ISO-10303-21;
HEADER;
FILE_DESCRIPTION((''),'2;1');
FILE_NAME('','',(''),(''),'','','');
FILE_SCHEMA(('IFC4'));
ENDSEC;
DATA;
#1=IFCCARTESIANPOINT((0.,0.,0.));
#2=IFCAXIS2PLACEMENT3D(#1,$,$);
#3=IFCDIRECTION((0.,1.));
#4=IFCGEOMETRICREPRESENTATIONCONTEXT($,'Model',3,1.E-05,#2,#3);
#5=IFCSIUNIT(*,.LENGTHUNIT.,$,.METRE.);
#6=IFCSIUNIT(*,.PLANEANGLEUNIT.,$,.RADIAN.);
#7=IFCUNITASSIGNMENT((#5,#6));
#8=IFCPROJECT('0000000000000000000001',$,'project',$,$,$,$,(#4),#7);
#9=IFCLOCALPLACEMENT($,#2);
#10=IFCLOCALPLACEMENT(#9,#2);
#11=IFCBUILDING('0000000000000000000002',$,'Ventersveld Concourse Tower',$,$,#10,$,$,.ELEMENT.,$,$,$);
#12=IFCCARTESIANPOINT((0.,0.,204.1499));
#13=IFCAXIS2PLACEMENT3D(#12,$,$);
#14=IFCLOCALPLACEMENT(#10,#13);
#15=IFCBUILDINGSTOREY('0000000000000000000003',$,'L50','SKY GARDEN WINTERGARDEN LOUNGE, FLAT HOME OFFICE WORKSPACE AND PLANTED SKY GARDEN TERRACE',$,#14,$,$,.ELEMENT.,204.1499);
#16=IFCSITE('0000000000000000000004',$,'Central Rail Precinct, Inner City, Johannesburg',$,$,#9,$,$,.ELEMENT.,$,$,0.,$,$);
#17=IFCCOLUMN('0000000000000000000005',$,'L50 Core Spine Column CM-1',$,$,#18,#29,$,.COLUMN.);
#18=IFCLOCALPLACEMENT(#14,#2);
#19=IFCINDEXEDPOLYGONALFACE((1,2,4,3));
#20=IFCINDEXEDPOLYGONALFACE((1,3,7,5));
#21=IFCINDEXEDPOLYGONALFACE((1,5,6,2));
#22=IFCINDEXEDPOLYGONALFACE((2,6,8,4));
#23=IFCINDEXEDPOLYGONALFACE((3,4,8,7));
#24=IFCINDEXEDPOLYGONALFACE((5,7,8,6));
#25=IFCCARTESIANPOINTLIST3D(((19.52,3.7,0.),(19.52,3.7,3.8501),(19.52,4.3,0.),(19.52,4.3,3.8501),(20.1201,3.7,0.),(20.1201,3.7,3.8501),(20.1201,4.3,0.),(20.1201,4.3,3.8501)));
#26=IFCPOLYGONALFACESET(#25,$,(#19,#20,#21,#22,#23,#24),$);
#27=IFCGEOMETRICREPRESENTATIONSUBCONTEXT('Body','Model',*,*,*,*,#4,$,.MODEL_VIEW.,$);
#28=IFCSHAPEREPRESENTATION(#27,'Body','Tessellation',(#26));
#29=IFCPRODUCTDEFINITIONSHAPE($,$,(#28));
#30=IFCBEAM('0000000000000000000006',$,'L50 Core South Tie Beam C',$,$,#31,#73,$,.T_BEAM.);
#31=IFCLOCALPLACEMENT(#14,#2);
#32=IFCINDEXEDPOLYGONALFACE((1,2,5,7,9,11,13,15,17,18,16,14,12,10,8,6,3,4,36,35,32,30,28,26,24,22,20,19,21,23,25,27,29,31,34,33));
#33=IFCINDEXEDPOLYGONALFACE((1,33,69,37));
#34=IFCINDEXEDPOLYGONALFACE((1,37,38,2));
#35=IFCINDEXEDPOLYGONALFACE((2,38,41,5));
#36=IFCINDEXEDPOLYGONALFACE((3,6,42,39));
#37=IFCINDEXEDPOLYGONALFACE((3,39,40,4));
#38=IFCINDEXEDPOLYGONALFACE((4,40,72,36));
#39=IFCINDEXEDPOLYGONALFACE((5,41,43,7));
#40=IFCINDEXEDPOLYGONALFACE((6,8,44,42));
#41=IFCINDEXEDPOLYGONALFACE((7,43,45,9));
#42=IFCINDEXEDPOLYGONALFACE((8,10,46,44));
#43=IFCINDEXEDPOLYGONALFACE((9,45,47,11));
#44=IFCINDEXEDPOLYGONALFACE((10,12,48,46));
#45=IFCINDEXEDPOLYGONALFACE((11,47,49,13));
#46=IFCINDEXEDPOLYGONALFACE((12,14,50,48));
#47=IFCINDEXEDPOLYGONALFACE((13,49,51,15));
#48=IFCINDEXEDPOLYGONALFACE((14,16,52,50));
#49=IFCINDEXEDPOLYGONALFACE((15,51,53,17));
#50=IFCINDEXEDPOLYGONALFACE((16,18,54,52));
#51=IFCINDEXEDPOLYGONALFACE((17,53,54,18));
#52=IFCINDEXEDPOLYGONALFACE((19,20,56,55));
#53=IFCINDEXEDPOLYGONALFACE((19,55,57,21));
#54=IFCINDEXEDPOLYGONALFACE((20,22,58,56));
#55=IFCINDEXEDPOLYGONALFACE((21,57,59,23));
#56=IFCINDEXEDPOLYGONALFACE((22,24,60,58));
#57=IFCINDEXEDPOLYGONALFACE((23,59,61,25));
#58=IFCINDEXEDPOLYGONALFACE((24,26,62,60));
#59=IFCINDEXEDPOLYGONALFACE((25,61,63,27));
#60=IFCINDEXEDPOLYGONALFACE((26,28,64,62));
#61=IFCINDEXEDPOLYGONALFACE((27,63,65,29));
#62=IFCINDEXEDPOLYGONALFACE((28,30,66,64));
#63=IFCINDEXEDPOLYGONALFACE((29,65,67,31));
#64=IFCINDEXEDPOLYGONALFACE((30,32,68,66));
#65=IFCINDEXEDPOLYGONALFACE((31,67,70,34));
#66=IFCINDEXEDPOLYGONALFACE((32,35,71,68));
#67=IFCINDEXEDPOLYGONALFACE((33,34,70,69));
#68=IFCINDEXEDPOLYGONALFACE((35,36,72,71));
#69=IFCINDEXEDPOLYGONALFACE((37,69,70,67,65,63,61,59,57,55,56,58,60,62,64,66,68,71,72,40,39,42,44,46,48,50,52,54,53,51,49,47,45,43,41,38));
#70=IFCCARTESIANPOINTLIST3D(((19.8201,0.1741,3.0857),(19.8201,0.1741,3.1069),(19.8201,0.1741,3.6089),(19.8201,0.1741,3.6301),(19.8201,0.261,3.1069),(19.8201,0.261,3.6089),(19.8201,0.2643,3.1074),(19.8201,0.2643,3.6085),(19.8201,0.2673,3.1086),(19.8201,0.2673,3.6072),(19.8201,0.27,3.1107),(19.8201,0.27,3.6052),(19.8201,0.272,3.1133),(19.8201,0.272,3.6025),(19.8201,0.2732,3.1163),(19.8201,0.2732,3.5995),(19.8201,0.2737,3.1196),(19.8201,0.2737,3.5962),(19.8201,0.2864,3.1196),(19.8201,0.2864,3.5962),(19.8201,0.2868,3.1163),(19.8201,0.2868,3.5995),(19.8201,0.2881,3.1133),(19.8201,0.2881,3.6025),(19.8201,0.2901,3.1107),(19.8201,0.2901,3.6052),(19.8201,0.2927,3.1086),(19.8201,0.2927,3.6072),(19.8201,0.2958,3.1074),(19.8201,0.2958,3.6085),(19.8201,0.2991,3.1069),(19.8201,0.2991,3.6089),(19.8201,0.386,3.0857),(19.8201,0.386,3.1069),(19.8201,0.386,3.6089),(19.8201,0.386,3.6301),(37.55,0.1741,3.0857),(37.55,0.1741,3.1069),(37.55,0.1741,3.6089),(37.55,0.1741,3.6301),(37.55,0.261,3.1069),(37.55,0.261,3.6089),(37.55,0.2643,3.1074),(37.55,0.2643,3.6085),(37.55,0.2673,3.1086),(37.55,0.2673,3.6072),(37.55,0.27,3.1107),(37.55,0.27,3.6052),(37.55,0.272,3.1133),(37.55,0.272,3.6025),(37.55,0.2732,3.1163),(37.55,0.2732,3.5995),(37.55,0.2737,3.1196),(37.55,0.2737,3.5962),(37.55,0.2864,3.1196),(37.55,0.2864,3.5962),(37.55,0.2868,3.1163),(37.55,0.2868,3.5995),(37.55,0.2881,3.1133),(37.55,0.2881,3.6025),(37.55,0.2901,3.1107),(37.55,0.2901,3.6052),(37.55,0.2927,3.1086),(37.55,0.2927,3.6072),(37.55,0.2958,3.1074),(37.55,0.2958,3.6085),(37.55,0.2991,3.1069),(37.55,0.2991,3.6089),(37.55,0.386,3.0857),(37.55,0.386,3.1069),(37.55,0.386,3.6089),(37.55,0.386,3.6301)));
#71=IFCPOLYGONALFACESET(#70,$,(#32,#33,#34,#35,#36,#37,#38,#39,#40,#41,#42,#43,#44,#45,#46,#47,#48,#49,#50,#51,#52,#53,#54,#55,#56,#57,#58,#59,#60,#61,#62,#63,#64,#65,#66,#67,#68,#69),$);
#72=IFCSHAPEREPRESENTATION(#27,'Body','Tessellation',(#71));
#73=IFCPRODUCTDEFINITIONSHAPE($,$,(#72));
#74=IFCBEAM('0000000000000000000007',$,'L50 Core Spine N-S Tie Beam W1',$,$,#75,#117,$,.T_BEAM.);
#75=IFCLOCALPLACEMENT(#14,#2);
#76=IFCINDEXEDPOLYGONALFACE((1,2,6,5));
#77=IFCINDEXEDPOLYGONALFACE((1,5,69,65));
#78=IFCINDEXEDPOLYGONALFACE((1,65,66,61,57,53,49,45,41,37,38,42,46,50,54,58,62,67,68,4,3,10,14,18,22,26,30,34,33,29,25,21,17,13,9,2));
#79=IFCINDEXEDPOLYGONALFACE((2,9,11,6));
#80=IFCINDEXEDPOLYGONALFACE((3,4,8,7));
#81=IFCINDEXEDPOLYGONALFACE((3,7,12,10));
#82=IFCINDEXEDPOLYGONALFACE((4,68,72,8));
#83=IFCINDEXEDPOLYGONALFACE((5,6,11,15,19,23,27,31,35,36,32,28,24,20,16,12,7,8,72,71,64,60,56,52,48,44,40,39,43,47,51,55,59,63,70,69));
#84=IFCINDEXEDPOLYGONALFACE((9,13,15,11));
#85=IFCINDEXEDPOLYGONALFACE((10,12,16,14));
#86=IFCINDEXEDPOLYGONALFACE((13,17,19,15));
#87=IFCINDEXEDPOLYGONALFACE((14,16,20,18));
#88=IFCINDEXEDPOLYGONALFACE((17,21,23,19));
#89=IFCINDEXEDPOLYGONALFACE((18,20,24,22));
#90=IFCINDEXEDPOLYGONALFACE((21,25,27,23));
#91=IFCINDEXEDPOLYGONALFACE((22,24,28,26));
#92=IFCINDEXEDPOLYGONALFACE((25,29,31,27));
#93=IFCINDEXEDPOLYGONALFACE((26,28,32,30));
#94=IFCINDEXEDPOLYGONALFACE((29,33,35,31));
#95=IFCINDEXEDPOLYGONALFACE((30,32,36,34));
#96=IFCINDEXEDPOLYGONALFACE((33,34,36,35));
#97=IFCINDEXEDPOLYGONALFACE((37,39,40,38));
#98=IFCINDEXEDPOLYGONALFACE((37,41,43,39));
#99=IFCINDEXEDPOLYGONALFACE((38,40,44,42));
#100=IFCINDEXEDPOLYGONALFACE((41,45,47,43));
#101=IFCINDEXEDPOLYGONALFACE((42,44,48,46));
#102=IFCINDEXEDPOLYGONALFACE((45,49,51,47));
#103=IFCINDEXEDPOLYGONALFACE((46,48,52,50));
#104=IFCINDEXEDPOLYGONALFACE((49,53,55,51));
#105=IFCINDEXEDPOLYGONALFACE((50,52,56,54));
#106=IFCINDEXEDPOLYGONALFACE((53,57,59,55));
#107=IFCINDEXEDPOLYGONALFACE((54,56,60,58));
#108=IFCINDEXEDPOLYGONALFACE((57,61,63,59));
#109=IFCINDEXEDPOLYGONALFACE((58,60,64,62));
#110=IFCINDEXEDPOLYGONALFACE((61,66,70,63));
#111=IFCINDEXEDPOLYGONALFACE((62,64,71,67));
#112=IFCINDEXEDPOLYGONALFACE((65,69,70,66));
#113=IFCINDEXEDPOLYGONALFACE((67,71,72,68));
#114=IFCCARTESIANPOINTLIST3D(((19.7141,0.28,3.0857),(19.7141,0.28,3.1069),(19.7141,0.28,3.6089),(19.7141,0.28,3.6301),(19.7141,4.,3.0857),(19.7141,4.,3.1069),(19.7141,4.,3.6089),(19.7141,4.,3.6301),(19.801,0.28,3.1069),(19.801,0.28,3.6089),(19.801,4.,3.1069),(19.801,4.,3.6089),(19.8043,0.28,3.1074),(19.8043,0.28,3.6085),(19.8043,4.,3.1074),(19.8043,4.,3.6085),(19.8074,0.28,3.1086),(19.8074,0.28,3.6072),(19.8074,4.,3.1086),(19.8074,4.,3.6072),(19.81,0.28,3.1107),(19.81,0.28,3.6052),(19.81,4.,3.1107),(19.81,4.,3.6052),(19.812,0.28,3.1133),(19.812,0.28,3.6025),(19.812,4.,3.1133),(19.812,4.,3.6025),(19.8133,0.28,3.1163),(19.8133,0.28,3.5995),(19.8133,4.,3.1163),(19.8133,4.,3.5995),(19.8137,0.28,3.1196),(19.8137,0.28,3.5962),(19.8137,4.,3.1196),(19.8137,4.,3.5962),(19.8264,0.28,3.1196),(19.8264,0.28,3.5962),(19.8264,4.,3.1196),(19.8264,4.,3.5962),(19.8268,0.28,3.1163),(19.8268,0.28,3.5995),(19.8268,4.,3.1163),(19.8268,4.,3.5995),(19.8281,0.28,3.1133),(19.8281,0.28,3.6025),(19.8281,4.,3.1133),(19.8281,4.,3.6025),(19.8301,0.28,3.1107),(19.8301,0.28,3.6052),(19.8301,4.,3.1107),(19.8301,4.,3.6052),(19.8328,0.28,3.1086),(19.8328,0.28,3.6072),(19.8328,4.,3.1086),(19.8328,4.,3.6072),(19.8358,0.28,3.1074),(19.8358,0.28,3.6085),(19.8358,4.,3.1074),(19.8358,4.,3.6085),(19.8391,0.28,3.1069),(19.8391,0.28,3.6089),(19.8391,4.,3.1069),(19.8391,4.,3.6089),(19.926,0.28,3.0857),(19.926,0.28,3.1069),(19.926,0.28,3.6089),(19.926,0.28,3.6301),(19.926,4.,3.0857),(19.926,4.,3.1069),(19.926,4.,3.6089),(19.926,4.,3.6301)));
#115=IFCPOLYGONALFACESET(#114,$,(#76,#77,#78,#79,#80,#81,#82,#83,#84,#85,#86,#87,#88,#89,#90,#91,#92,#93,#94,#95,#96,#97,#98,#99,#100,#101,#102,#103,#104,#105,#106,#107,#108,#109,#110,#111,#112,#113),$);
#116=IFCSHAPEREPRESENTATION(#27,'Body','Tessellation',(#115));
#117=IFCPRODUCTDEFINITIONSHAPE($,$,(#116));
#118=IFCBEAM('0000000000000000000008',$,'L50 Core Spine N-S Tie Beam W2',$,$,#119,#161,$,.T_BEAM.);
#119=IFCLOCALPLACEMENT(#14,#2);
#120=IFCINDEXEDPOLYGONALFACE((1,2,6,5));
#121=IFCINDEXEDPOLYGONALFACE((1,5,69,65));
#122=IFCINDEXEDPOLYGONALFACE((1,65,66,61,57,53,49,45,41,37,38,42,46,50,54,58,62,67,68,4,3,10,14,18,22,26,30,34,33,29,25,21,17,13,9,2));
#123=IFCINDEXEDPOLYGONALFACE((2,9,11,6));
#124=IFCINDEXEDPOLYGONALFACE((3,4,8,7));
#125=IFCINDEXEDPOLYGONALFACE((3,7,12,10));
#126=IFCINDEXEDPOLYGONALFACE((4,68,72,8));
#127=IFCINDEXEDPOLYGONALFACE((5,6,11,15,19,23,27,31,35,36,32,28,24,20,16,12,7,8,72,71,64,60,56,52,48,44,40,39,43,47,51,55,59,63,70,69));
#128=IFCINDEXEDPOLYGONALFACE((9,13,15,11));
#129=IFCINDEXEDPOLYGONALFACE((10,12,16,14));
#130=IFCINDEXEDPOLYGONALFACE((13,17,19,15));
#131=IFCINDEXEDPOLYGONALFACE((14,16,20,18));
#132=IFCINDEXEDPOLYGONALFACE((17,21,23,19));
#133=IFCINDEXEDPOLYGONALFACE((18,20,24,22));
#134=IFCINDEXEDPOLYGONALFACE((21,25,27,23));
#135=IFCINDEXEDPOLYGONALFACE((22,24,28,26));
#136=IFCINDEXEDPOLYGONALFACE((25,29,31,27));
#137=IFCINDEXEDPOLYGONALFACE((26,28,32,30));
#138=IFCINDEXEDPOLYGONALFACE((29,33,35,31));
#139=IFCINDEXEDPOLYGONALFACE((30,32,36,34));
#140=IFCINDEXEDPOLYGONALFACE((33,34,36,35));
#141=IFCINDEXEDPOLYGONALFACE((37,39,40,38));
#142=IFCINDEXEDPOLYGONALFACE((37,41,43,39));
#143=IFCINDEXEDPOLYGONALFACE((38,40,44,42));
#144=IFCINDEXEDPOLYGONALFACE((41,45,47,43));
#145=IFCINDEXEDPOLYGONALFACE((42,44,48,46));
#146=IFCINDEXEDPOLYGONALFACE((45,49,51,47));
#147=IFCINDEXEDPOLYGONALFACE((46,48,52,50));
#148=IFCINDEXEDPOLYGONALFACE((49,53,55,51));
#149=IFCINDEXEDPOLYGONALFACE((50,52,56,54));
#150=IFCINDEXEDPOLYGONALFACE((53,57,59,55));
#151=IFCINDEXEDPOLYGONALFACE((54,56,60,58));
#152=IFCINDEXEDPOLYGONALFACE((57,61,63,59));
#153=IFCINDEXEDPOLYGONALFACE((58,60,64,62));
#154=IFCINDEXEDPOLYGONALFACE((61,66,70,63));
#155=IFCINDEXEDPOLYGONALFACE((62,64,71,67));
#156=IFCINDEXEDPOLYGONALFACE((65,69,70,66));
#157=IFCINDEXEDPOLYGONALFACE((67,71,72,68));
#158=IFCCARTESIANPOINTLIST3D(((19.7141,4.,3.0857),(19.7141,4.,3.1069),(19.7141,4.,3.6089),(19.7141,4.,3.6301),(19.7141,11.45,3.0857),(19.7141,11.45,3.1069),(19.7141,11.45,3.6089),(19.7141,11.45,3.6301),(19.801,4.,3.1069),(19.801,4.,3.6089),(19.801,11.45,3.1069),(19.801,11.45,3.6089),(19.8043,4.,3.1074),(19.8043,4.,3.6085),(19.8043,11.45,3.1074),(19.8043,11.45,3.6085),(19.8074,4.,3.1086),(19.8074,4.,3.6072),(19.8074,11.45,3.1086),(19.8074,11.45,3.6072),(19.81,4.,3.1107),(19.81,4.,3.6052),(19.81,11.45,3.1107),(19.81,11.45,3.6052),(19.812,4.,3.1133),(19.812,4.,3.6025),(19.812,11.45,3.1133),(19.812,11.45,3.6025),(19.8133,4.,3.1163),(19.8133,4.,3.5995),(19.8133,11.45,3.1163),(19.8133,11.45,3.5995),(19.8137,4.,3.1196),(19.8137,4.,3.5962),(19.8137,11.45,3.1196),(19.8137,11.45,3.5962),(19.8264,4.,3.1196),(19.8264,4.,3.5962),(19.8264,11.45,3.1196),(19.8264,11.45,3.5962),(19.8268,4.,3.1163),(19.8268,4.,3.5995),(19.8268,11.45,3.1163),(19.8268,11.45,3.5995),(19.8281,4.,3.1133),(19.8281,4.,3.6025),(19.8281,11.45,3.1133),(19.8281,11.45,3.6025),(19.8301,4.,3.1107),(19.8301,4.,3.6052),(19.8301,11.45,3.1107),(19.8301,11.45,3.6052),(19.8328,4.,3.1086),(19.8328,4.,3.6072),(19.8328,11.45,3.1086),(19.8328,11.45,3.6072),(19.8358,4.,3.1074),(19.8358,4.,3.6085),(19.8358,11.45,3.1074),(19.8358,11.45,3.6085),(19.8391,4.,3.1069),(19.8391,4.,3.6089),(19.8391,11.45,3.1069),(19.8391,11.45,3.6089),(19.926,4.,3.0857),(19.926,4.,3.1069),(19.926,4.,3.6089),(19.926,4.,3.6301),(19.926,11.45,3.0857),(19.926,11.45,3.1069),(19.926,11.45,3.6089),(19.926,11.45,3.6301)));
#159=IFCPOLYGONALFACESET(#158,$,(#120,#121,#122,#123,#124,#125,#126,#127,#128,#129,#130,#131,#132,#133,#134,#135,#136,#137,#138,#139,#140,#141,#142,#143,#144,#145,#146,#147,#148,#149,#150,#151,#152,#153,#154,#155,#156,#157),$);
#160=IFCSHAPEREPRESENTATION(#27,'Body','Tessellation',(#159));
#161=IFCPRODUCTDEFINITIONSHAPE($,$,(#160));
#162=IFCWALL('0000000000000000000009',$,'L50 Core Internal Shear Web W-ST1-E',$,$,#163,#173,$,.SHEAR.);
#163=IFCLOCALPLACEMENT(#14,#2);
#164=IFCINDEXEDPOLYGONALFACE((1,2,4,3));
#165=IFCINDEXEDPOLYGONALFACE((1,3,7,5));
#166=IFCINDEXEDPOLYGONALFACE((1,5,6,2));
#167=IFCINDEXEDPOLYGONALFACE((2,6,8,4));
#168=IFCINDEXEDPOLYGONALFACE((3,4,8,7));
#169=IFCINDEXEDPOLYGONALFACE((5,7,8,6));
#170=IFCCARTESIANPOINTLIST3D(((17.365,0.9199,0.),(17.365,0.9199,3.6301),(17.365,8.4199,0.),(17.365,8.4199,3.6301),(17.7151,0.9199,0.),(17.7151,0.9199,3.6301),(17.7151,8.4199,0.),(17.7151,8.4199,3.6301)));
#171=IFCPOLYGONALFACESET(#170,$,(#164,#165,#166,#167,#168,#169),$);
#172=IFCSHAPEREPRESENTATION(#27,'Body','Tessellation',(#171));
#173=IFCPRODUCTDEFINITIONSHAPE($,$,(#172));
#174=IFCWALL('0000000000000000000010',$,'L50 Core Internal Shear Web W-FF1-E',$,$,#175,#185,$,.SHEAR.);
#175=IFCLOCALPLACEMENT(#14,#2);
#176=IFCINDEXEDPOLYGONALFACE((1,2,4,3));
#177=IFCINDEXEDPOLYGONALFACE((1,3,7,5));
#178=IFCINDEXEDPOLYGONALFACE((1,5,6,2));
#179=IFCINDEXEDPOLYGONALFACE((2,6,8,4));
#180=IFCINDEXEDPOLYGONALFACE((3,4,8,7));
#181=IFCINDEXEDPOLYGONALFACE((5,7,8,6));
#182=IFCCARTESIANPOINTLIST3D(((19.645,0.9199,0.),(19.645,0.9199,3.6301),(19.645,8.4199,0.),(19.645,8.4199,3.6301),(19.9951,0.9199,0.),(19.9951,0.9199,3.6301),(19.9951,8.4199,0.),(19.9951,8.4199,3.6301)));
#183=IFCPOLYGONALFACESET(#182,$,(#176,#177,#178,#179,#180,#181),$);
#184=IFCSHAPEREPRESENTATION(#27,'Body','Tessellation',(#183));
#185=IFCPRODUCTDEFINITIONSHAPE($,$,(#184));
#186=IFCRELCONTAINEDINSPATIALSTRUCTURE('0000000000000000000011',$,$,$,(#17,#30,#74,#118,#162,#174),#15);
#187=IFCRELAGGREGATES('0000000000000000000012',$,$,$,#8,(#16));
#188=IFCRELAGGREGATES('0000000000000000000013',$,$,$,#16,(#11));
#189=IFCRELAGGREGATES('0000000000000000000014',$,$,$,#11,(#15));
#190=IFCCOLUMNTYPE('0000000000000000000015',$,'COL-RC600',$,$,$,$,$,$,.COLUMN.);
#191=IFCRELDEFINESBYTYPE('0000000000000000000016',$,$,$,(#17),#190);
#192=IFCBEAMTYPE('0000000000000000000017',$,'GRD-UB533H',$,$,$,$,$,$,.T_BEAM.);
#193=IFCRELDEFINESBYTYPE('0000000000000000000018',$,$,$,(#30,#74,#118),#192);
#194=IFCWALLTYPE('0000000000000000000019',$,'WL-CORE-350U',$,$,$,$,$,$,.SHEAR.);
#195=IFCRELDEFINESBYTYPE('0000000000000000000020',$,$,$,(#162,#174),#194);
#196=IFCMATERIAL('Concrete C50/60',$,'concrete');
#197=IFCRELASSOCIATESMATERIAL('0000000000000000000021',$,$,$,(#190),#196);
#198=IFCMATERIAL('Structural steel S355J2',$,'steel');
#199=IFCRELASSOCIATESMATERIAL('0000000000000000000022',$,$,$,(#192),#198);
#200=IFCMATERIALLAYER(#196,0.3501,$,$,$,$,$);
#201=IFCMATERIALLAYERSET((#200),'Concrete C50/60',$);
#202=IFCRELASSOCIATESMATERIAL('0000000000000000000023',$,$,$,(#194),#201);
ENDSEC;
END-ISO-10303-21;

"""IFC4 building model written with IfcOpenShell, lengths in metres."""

from ifc_helpers import new_model, si_unit, direction, frame, frame_2d, origin, origin_2d, place, context, subcontext, project, spatial, rectangle, i_section, extrude, material, layer, layer_set, material_profile, profile_set, type_object, element, save


model = new_model("IFC4")

# Units and contexts
model_context = context("Model", 3, precision=1e-05, world=origin(), true_north=direction((0.0, 1.0)))
body_context = subcontext(model_context, "Body", "Model", "MODEL_VIEW")
ifc_project = project(units=[si_unit("LENGTHUNIT", "METRE"), si_unit("PLANEANGLEUNIT", "RADIAN")], contexts=[model_context])

# Site, building, storey
site_placement = place(None, origin())
site = spatial("IfcSite", under=ifc_project, at=site_placement, Name="Central Rail Precinct, Inner City, Johannesburg", CompositionType="ELEMENT", RefElevation=0.0)
building_placement = place(site_placement, origin())
building = spatial("IfcBuilding", under=site, at=building_placement, Name="Ventersveld Concourse Tower", CompositionType="ELEMENT")
storey_placement = place(building_placement, frame((0.0, 0.0, 204.1499)))
storey = spatial("IfcBuildingStorey", under=building, at=storey_placement, Name="L50", Description="SKY GARDEN WINTERGARDEN LOUNGE, FLAT HOME OFFICE WORKSPACE AND PLANTED SKY GARDEN TERRACE", CompositionType="ELEMENT", Elevation=204.1499)

# Column
ifc_material_1 = material(Name="Concrete C50/60", Category="concrete")
ifc_material_profile_1 = material_profile(ifc_material_1, rectangle(XDim=0.6001, YDim=0.6001, at=origin_2d()), Name="RC 600x600")
ifc_profile_set_1 = profile_set([ifc_material_profile_1], Name="Concrete C50/60")
column_type = type_object("IfcColumnType", Name="COL-RC600", PredefinedType="COLUMN", material=ifc_profile_set_1)
column_placement = place(storey_placement, frame((19.8201, 4.0, 0.0), z_axis=(0.0, 0.0, 1.0), x_axis=(1.0, 0.0, 0.0)))
element("IfcColumn", 1, at=column_placement, inside=storey, type_object=column_type, Name="L50 Core Spine Column CM-1", PredefinedType="COLUMN", context=body_context, shape_type="SweptSolid", body=[
    extrude(rectangle(XDim=0.6001, YDim=0.6001, at=origin_2d()), origin(), (0.0, 0.0, 1.0), 3.8501),
])

# Beams
ifc_material_2 = material(Name="Structural steel S355J2", Category="steel")
ifc_material_profile_2 = material_profile(ifc_material_2, i_section(OverallWidth=0.2119, OverallDepth=0.5444, WebThickness=0.0127, FlangeThickness=0.0212, FilletRadius=0.0127, at=origin_2d()), Name="UB 533x210x122")
ifc_profile_set_2 = profile_set([ifc_material_profile_2], Name="Structural steel S355J2")
beam_type = type_object("IfcBeamType", Name="GRD-UB533H", PredefinedType="T_BEAM", material=ifc_profile_set_2)
beam_1_placement = place(storey_placement, frame((19.8201, 0.28, 3.3579), z_axis=(1.0, 0.0, 0.0), x_axis=(0.0, 1.0, 0.0)))
element("IfcBeam", 2, at=beam_1_placement, inside=storey, type_object=beam_type, Name="L50 Core South Tie Beam C", PredefinedType="T_BEAM", context=body_context, shape_type="SweptSolid", body=[
    extrude(i_section(OverallWidth=0.2119, OverallDepth=0.5444, WebThickness=0.0127, FlangeThickness=0.0212, FilletRadius=0.0127, at=origin_2d()), origin(), (0.0, 0.0, 1.0), 17.73),
])
beam_2_placement = place(storey_placement, frame((19.8201, 0.28, 3.3579), z_axis=(0.0, 1.0, 0.0), x_axis=(-1.0, 0.0, 0.0)))
element("IfcBeam", 3, at=beam_2_placement, inside=storey, type_object=beam_type, Name="L50 Core Spine N-S Tie Beam W1", PredefinedType="T_BEAM", context=body_context, shape_type="SweptSolid", body=[
    extrude(i_section(OverallWidth=0.2119, OverallDepth=0.5444, WebThickness=0.0127, FlangeThickness=0.0212, FilletRadius=0.0127, at=origin_2d()), origin(), (0.0, 0.0, 1.0), 3.72),
])
beam_3_placement = place(storey_placement, frame((19.8201, 4.0, 3.3579), z_axis=(0.0, 1.0, 0.0), x_axis=(-1.0, 0.0, 0.0)))
element("IfcBeam", 4, at=beam_3_placement, inside=storey, type_object=beam_type, Name="L50 Core Spine N-S Tie Beam W2", PredefinedType="T_BEAM", context=body_context, shape_type="SweptSolid", body=[
    extrude(i_section(OverallWidth=0.2119, OverallDepth=0.5444, WebThickness=0.0127, FlangeThickness=0.0212, FilletRadius=0.0127, at=origin_2d()), origin(), (0.0, 0.0, 1.0), 7.45),
])

# Walls
ifc_layer_1 = layer(ifc_material_1, 0.3501)
ifc_layer_set_1 = layer_set([ifc_layer_1], Name="Concrete C50/60")
wall_type_1 = type_object("IfcWallType", Name="WL-CORE-350U", PredefinedType="SHEAR", material=ifc_layer_set_1)
for number, where, z_axis, x_axis, name in (
    (5, (17.54, 0.9199, 0.0), (0.0, 0.0, 1.0), (0.0, 1.0, 0.0), "L50 Core Internal Shear Web W-ST1-E"),
    (6, (19.8201, 0.9199, 0.0), (0.0, 0.0, 1.0), (0.0, 1.0, 0.0), "L50 Core Internal Shear Web W-FF1-E"),
):
    element("IfcWall", number, at=place(storey_placement, frame(where, z_axis=z_axis, x_axis=x_axis)), inside=storey, type_object=wall_type_1, Name=name, PredefinedType="SHEAR", context=body_context, shape_type="SweptSolid", body=[
        extrude(rectangle(XDim=7.5, YDim=0.3501, at=frame_2d((3.75, 0.0))), origin(), (0.0, 0.0, 1.0), 3.6301),
    ])

save(model, "model.ifc")
